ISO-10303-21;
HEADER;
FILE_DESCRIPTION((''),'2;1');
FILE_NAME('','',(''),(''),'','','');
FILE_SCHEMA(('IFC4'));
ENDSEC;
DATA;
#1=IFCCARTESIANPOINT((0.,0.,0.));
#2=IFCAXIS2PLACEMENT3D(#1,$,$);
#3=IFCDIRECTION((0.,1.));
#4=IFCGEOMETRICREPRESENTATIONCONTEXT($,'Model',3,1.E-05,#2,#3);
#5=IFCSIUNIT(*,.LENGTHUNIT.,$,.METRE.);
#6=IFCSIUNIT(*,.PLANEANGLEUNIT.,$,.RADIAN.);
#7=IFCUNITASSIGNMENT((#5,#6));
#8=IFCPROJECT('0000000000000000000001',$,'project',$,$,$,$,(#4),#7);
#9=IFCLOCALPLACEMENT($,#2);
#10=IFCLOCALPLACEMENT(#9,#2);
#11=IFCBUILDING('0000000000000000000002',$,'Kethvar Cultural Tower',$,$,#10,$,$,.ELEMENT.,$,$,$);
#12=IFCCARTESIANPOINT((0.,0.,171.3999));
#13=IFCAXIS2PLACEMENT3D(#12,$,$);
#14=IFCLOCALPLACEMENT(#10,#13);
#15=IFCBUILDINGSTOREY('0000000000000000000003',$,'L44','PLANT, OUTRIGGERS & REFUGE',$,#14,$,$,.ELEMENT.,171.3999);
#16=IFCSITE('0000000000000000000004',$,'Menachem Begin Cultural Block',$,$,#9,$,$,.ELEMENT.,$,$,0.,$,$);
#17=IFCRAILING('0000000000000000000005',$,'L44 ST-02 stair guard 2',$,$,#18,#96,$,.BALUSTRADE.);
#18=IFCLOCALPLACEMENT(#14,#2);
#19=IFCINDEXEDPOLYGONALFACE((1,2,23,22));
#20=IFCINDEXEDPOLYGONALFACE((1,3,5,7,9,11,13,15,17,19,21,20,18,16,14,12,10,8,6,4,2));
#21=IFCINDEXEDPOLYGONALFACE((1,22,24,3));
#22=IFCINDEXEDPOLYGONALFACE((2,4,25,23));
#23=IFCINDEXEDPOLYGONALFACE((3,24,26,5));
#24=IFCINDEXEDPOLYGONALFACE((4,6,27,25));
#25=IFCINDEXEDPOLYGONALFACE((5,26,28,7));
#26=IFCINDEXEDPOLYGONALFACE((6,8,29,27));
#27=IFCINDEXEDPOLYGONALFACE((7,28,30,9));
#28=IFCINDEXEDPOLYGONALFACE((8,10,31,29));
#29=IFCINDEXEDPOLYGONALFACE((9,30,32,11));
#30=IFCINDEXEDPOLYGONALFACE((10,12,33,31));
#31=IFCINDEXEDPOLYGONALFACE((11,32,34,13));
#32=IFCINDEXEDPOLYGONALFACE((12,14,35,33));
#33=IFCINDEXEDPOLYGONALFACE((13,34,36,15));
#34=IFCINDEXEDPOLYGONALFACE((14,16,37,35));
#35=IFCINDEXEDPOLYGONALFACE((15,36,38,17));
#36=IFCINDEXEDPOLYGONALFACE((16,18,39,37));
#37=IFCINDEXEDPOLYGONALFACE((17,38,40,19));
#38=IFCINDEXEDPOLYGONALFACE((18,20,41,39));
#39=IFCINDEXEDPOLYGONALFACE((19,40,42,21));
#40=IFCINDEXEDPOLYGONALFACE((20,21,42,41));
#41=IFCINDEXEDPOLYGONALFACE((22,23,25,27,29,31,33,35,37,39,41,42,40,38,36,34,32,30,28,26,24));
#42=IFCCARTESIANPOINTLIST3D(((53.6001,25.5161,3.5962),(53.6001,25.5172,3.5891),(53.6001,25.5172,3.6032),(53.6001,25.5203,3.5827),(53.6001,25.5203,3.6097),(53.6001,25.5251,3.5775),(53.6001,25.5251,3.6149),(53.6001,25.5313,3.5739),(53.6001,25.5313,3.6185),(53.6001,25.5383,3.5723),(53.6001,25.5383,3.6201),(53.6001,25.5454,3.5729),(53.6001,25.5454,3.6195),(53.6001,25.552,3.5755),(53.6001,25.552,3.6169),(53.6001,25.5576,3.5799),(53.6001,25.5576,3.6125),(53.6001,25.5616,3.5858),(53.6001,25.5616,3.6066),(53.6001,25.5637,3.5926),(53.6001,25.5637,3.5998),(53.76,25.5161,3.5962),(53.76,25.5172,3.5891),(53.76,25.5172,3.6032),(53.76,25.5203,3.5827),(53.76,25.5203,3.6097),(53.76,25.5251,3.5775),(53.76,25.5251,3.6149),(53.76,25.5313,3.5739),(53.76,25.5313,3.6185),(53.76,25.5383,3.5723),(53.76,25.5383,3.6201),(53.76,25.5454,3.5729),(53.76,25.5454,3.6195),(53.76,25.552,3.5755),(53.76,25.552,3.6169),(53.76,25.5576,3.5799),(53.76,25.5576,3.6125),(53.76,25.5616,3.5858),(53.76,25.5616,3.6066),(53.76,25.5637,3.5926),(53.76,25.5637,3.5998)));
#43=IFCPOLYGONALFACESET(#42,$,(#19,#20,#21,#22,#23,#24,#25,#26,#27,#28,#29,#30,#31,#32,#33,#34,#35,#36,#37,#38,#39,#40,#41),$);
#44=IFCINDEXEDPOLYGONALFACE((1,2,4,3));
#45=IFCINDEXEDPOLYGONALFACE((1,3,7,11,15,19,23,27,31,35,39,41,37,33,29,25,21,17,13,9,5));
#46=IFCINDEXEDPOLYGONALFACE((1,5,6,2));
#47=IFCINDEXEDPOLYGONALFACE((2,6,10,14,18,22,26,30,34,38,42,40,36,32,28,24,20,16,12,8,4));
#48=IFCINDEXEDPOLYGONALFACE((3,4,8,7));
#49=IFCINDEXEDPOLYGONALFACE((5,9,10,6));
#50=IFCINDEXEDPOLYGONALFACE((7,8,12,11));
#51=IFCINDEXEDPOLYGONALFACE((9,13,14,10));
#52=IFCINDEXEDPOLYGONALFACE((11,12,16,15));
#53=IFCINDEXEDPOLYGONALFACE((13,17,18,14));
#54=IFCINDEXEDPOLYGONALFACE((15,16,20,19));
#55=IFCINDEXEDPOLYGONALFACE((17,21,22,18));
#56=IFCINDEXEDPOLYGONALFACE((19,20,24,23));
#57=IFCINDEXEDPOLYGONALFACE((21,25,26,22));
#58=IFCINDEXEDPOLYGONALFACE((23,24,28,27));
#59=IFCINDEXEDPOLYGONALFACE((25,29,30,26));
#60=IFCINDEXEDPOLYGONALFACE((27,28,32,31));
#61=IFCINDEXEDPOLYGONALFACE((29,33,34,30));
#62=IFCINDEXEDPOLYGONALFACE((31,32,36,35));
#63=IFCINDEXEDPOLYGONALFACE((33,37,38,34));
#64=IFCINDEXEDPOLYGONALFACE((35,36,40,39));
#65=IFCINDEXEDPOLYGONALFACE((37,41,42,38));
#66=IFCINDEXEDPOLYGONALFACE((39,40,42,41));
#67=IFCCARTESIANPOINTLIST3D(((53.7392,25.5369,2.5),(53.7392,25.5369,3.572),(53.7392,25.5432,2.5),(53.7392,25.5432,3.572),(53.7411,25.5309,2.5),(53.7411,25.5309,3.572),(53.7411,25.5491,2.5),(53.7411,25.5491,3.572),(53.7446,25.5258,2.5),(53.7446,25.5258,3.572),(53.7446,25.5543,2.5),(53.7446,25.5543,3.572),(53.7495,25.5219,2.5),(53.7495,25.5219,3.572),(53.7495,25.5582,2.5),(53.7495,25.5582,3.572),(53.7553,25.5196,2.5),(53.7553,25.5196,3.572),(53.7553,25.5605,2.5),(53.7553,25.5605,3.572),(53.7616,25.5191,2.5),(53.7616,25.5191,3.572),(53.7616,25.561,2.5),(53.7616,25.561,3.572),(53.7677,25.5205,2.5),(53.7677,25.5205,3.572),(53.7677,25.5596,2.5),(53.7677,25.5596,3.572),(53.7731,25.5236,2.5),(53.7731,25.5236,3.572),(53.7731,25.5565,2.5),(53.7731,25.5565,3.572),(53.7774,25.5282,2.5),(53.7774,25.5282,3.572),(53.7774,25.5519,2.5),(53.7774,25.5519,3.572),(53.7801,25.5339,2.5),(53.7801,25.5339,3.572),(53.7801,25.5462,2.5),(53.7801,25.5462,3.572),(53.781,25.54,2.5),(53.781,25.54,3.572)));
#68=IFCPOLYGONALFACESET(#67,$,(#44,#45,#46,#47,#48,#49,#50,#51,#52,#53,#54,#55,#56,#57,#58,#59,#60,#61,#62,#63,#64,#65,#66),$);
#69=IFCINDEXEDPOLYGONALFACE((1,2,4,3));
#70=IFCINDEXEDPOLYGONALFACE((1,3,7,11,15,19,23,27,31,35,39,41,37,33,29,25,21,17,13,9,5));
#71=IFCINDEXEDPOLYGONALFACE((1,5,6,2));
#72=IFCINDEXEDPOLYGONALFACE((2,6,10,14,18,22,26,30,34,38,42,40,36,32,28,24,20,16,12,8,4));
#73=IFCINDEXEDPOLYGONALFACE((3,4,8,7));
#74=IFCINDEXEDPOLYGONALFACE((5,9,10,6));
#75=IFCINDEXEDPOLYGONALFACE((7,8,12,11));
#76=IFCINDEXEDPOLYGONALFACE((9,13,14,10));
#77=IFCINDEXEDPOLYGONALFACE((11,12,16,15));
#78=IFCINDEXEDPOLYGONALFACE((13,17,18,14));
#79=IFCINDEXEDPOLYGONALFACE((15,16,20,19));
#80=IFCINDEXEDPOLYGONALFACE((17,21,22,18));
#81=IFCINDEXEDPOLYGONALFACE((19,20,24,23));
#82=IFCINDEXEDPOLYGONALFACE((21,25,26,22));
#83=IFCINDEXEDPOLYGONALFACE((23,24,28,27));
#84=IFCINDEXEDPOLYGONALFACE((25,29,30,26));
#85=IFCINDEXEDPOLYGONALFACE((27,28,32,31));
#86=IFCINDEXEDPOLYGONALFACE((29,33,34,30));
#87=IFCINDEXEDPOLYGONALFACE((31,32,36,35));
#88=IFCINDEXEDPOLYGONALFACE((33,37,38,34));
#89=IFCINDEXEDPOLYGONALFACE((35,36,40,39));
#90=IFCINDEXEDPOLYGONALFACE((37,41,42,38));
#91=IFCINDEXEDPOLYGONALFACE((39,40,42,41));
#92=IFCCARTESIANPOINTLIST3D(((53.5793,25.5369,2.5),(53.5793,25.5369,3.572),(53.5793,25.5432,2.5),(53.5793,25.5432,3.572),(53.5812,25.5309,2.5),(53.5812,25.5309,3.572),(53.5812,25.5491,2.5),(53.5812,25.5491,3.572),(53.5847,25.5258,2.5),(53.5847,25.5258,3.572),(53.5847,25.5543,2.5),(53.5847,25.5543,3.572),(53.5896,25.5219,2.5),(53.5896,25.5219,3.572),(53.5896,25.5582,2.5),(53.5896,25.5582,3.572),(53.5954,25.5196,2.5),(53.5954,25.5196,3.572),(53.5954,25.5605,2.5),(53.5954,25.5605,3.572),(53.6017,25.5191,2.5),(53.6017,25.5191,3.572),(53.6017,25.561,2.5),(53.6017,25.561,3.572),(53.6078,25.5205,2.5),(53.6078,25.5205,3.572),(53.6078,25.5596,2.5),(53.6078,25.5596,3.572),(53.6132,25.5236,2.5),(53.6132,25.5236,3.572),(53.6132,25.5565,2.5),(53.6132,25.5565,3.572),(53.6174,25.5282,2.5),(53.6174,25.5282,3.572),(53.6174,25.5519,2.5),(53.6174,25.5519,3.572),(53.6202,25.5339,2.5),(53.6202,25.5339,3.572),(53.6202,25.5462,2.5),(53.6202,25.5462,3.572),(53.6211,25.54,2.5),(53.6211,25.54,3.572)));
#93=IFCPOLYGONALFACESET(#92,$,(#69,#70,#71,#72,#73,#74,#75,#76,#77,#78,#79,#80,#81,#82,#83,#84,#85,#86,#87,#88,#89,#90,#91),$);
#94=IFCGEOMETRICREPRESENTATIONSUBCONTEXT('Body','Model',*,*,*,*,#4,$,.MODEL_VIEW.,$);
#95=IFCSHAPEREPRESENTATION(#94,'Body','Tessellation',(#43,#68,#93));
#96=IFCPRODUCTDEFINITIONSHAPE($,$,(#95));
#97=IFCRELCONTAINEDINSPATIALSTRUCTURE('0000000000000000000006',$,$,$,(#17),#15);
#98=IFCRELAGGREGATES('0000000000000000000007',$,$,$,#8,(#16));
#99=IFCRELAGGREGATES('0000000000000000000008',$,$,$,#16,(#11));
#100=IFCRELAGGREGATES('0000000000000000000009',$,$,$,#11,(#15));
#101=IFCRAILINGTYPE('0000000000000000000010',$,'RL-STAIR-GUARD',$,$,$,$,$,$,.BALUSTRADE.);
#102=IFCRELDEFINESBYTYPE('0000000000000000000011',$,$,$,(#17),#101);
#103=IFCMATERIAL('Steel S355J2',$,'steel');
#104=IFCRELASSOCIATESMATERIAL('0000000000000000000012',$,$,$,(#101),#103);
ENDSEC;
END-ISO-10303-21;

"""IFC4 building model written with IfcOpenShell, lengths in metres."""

from ifc_helpers import new_model, si_unit, direction, frame, origin, origin_2d, place, context, subcontext, project, spatial, circle, extrude, material, type_object, element, save


model = new_model("IFC4")

# Units and contexts
model_context = context("Model", 3, precision=1e-05, world=origin(), true_north=direction((0.0, 1.0)))
body_context = subcontext(model_context, "Body", "Model", "MODEL_VIEW")
ifc_project = project(units=[si_unit("LENGTHUNIT", "METRE"), si_unit("PLANEANGLEUNIT", "RADIAN")], contexts=[model_context])

# Site, building, storey
site_placement = place(None, origin())
site = spatial("IfcSite", under=ifc_project, at=site_placement, Name="Menachem Begin Cultural Block", CompositionType="ELEMENT", RefElevation=0.0)
building_placement = place(site_placement, origin())
building = spatial("IfcBuilding", under=site, at=building_placement, Name="Kethvar Cultural Tower", CompositionType="ELEMENT")
storey_placement = place(building_placement, frame((0.0, 0.0, 171.3999)))
storey = spatial("IfcBuildingStorey", under=building, at=storey_placement, Name="L44", Description="PLANT, OUTRIGGERS & REFUGE", CompositionType="ELEMENT", Elevation=171.3999)

# Shared definitions
ifc_material_1 = material(Name="Steel S355J2", Category="steel")

# Railing
railing_type_1 = type_object("IfcRailingType", Name="RL-STAIR-GUARD", PredefinedType="BALUSTRADE", material=ifc_material_1)
railing_1_placement = place(storey_placement, frame((53.76, 25.54, 2.5)))
element("IfcRailing", 1, at=railing_1_placement, inside=storey, type_object=railing_type_1, Name="L44 ST-02 stair guard 2", PredefinedType="BALUSTRADE", context=body_context, shape_type="SweptSolid", body=[
    extrude(circle(Radius=0.0239, at=origin_2d()), frame((0.0, 0.0, 1.0962), z_axis=(-1.0, 0.0, 0.0), x_axis=(0.0, -1.0, 0.0)), (0.0, 0.0, 1.0), 0.1599),
    extrude(circle(Radius=0.021, at=origin_2d()), origin(), (0.0, 0.0, 1.0), 1.072),
    extrude(circle(Radius=0.021, at=origin_2d()), frame((-0.1599, 0.0, 0.0)), (0.0, 0.0, 1.0), 1.072),
])

save(model, "model.ifc")
